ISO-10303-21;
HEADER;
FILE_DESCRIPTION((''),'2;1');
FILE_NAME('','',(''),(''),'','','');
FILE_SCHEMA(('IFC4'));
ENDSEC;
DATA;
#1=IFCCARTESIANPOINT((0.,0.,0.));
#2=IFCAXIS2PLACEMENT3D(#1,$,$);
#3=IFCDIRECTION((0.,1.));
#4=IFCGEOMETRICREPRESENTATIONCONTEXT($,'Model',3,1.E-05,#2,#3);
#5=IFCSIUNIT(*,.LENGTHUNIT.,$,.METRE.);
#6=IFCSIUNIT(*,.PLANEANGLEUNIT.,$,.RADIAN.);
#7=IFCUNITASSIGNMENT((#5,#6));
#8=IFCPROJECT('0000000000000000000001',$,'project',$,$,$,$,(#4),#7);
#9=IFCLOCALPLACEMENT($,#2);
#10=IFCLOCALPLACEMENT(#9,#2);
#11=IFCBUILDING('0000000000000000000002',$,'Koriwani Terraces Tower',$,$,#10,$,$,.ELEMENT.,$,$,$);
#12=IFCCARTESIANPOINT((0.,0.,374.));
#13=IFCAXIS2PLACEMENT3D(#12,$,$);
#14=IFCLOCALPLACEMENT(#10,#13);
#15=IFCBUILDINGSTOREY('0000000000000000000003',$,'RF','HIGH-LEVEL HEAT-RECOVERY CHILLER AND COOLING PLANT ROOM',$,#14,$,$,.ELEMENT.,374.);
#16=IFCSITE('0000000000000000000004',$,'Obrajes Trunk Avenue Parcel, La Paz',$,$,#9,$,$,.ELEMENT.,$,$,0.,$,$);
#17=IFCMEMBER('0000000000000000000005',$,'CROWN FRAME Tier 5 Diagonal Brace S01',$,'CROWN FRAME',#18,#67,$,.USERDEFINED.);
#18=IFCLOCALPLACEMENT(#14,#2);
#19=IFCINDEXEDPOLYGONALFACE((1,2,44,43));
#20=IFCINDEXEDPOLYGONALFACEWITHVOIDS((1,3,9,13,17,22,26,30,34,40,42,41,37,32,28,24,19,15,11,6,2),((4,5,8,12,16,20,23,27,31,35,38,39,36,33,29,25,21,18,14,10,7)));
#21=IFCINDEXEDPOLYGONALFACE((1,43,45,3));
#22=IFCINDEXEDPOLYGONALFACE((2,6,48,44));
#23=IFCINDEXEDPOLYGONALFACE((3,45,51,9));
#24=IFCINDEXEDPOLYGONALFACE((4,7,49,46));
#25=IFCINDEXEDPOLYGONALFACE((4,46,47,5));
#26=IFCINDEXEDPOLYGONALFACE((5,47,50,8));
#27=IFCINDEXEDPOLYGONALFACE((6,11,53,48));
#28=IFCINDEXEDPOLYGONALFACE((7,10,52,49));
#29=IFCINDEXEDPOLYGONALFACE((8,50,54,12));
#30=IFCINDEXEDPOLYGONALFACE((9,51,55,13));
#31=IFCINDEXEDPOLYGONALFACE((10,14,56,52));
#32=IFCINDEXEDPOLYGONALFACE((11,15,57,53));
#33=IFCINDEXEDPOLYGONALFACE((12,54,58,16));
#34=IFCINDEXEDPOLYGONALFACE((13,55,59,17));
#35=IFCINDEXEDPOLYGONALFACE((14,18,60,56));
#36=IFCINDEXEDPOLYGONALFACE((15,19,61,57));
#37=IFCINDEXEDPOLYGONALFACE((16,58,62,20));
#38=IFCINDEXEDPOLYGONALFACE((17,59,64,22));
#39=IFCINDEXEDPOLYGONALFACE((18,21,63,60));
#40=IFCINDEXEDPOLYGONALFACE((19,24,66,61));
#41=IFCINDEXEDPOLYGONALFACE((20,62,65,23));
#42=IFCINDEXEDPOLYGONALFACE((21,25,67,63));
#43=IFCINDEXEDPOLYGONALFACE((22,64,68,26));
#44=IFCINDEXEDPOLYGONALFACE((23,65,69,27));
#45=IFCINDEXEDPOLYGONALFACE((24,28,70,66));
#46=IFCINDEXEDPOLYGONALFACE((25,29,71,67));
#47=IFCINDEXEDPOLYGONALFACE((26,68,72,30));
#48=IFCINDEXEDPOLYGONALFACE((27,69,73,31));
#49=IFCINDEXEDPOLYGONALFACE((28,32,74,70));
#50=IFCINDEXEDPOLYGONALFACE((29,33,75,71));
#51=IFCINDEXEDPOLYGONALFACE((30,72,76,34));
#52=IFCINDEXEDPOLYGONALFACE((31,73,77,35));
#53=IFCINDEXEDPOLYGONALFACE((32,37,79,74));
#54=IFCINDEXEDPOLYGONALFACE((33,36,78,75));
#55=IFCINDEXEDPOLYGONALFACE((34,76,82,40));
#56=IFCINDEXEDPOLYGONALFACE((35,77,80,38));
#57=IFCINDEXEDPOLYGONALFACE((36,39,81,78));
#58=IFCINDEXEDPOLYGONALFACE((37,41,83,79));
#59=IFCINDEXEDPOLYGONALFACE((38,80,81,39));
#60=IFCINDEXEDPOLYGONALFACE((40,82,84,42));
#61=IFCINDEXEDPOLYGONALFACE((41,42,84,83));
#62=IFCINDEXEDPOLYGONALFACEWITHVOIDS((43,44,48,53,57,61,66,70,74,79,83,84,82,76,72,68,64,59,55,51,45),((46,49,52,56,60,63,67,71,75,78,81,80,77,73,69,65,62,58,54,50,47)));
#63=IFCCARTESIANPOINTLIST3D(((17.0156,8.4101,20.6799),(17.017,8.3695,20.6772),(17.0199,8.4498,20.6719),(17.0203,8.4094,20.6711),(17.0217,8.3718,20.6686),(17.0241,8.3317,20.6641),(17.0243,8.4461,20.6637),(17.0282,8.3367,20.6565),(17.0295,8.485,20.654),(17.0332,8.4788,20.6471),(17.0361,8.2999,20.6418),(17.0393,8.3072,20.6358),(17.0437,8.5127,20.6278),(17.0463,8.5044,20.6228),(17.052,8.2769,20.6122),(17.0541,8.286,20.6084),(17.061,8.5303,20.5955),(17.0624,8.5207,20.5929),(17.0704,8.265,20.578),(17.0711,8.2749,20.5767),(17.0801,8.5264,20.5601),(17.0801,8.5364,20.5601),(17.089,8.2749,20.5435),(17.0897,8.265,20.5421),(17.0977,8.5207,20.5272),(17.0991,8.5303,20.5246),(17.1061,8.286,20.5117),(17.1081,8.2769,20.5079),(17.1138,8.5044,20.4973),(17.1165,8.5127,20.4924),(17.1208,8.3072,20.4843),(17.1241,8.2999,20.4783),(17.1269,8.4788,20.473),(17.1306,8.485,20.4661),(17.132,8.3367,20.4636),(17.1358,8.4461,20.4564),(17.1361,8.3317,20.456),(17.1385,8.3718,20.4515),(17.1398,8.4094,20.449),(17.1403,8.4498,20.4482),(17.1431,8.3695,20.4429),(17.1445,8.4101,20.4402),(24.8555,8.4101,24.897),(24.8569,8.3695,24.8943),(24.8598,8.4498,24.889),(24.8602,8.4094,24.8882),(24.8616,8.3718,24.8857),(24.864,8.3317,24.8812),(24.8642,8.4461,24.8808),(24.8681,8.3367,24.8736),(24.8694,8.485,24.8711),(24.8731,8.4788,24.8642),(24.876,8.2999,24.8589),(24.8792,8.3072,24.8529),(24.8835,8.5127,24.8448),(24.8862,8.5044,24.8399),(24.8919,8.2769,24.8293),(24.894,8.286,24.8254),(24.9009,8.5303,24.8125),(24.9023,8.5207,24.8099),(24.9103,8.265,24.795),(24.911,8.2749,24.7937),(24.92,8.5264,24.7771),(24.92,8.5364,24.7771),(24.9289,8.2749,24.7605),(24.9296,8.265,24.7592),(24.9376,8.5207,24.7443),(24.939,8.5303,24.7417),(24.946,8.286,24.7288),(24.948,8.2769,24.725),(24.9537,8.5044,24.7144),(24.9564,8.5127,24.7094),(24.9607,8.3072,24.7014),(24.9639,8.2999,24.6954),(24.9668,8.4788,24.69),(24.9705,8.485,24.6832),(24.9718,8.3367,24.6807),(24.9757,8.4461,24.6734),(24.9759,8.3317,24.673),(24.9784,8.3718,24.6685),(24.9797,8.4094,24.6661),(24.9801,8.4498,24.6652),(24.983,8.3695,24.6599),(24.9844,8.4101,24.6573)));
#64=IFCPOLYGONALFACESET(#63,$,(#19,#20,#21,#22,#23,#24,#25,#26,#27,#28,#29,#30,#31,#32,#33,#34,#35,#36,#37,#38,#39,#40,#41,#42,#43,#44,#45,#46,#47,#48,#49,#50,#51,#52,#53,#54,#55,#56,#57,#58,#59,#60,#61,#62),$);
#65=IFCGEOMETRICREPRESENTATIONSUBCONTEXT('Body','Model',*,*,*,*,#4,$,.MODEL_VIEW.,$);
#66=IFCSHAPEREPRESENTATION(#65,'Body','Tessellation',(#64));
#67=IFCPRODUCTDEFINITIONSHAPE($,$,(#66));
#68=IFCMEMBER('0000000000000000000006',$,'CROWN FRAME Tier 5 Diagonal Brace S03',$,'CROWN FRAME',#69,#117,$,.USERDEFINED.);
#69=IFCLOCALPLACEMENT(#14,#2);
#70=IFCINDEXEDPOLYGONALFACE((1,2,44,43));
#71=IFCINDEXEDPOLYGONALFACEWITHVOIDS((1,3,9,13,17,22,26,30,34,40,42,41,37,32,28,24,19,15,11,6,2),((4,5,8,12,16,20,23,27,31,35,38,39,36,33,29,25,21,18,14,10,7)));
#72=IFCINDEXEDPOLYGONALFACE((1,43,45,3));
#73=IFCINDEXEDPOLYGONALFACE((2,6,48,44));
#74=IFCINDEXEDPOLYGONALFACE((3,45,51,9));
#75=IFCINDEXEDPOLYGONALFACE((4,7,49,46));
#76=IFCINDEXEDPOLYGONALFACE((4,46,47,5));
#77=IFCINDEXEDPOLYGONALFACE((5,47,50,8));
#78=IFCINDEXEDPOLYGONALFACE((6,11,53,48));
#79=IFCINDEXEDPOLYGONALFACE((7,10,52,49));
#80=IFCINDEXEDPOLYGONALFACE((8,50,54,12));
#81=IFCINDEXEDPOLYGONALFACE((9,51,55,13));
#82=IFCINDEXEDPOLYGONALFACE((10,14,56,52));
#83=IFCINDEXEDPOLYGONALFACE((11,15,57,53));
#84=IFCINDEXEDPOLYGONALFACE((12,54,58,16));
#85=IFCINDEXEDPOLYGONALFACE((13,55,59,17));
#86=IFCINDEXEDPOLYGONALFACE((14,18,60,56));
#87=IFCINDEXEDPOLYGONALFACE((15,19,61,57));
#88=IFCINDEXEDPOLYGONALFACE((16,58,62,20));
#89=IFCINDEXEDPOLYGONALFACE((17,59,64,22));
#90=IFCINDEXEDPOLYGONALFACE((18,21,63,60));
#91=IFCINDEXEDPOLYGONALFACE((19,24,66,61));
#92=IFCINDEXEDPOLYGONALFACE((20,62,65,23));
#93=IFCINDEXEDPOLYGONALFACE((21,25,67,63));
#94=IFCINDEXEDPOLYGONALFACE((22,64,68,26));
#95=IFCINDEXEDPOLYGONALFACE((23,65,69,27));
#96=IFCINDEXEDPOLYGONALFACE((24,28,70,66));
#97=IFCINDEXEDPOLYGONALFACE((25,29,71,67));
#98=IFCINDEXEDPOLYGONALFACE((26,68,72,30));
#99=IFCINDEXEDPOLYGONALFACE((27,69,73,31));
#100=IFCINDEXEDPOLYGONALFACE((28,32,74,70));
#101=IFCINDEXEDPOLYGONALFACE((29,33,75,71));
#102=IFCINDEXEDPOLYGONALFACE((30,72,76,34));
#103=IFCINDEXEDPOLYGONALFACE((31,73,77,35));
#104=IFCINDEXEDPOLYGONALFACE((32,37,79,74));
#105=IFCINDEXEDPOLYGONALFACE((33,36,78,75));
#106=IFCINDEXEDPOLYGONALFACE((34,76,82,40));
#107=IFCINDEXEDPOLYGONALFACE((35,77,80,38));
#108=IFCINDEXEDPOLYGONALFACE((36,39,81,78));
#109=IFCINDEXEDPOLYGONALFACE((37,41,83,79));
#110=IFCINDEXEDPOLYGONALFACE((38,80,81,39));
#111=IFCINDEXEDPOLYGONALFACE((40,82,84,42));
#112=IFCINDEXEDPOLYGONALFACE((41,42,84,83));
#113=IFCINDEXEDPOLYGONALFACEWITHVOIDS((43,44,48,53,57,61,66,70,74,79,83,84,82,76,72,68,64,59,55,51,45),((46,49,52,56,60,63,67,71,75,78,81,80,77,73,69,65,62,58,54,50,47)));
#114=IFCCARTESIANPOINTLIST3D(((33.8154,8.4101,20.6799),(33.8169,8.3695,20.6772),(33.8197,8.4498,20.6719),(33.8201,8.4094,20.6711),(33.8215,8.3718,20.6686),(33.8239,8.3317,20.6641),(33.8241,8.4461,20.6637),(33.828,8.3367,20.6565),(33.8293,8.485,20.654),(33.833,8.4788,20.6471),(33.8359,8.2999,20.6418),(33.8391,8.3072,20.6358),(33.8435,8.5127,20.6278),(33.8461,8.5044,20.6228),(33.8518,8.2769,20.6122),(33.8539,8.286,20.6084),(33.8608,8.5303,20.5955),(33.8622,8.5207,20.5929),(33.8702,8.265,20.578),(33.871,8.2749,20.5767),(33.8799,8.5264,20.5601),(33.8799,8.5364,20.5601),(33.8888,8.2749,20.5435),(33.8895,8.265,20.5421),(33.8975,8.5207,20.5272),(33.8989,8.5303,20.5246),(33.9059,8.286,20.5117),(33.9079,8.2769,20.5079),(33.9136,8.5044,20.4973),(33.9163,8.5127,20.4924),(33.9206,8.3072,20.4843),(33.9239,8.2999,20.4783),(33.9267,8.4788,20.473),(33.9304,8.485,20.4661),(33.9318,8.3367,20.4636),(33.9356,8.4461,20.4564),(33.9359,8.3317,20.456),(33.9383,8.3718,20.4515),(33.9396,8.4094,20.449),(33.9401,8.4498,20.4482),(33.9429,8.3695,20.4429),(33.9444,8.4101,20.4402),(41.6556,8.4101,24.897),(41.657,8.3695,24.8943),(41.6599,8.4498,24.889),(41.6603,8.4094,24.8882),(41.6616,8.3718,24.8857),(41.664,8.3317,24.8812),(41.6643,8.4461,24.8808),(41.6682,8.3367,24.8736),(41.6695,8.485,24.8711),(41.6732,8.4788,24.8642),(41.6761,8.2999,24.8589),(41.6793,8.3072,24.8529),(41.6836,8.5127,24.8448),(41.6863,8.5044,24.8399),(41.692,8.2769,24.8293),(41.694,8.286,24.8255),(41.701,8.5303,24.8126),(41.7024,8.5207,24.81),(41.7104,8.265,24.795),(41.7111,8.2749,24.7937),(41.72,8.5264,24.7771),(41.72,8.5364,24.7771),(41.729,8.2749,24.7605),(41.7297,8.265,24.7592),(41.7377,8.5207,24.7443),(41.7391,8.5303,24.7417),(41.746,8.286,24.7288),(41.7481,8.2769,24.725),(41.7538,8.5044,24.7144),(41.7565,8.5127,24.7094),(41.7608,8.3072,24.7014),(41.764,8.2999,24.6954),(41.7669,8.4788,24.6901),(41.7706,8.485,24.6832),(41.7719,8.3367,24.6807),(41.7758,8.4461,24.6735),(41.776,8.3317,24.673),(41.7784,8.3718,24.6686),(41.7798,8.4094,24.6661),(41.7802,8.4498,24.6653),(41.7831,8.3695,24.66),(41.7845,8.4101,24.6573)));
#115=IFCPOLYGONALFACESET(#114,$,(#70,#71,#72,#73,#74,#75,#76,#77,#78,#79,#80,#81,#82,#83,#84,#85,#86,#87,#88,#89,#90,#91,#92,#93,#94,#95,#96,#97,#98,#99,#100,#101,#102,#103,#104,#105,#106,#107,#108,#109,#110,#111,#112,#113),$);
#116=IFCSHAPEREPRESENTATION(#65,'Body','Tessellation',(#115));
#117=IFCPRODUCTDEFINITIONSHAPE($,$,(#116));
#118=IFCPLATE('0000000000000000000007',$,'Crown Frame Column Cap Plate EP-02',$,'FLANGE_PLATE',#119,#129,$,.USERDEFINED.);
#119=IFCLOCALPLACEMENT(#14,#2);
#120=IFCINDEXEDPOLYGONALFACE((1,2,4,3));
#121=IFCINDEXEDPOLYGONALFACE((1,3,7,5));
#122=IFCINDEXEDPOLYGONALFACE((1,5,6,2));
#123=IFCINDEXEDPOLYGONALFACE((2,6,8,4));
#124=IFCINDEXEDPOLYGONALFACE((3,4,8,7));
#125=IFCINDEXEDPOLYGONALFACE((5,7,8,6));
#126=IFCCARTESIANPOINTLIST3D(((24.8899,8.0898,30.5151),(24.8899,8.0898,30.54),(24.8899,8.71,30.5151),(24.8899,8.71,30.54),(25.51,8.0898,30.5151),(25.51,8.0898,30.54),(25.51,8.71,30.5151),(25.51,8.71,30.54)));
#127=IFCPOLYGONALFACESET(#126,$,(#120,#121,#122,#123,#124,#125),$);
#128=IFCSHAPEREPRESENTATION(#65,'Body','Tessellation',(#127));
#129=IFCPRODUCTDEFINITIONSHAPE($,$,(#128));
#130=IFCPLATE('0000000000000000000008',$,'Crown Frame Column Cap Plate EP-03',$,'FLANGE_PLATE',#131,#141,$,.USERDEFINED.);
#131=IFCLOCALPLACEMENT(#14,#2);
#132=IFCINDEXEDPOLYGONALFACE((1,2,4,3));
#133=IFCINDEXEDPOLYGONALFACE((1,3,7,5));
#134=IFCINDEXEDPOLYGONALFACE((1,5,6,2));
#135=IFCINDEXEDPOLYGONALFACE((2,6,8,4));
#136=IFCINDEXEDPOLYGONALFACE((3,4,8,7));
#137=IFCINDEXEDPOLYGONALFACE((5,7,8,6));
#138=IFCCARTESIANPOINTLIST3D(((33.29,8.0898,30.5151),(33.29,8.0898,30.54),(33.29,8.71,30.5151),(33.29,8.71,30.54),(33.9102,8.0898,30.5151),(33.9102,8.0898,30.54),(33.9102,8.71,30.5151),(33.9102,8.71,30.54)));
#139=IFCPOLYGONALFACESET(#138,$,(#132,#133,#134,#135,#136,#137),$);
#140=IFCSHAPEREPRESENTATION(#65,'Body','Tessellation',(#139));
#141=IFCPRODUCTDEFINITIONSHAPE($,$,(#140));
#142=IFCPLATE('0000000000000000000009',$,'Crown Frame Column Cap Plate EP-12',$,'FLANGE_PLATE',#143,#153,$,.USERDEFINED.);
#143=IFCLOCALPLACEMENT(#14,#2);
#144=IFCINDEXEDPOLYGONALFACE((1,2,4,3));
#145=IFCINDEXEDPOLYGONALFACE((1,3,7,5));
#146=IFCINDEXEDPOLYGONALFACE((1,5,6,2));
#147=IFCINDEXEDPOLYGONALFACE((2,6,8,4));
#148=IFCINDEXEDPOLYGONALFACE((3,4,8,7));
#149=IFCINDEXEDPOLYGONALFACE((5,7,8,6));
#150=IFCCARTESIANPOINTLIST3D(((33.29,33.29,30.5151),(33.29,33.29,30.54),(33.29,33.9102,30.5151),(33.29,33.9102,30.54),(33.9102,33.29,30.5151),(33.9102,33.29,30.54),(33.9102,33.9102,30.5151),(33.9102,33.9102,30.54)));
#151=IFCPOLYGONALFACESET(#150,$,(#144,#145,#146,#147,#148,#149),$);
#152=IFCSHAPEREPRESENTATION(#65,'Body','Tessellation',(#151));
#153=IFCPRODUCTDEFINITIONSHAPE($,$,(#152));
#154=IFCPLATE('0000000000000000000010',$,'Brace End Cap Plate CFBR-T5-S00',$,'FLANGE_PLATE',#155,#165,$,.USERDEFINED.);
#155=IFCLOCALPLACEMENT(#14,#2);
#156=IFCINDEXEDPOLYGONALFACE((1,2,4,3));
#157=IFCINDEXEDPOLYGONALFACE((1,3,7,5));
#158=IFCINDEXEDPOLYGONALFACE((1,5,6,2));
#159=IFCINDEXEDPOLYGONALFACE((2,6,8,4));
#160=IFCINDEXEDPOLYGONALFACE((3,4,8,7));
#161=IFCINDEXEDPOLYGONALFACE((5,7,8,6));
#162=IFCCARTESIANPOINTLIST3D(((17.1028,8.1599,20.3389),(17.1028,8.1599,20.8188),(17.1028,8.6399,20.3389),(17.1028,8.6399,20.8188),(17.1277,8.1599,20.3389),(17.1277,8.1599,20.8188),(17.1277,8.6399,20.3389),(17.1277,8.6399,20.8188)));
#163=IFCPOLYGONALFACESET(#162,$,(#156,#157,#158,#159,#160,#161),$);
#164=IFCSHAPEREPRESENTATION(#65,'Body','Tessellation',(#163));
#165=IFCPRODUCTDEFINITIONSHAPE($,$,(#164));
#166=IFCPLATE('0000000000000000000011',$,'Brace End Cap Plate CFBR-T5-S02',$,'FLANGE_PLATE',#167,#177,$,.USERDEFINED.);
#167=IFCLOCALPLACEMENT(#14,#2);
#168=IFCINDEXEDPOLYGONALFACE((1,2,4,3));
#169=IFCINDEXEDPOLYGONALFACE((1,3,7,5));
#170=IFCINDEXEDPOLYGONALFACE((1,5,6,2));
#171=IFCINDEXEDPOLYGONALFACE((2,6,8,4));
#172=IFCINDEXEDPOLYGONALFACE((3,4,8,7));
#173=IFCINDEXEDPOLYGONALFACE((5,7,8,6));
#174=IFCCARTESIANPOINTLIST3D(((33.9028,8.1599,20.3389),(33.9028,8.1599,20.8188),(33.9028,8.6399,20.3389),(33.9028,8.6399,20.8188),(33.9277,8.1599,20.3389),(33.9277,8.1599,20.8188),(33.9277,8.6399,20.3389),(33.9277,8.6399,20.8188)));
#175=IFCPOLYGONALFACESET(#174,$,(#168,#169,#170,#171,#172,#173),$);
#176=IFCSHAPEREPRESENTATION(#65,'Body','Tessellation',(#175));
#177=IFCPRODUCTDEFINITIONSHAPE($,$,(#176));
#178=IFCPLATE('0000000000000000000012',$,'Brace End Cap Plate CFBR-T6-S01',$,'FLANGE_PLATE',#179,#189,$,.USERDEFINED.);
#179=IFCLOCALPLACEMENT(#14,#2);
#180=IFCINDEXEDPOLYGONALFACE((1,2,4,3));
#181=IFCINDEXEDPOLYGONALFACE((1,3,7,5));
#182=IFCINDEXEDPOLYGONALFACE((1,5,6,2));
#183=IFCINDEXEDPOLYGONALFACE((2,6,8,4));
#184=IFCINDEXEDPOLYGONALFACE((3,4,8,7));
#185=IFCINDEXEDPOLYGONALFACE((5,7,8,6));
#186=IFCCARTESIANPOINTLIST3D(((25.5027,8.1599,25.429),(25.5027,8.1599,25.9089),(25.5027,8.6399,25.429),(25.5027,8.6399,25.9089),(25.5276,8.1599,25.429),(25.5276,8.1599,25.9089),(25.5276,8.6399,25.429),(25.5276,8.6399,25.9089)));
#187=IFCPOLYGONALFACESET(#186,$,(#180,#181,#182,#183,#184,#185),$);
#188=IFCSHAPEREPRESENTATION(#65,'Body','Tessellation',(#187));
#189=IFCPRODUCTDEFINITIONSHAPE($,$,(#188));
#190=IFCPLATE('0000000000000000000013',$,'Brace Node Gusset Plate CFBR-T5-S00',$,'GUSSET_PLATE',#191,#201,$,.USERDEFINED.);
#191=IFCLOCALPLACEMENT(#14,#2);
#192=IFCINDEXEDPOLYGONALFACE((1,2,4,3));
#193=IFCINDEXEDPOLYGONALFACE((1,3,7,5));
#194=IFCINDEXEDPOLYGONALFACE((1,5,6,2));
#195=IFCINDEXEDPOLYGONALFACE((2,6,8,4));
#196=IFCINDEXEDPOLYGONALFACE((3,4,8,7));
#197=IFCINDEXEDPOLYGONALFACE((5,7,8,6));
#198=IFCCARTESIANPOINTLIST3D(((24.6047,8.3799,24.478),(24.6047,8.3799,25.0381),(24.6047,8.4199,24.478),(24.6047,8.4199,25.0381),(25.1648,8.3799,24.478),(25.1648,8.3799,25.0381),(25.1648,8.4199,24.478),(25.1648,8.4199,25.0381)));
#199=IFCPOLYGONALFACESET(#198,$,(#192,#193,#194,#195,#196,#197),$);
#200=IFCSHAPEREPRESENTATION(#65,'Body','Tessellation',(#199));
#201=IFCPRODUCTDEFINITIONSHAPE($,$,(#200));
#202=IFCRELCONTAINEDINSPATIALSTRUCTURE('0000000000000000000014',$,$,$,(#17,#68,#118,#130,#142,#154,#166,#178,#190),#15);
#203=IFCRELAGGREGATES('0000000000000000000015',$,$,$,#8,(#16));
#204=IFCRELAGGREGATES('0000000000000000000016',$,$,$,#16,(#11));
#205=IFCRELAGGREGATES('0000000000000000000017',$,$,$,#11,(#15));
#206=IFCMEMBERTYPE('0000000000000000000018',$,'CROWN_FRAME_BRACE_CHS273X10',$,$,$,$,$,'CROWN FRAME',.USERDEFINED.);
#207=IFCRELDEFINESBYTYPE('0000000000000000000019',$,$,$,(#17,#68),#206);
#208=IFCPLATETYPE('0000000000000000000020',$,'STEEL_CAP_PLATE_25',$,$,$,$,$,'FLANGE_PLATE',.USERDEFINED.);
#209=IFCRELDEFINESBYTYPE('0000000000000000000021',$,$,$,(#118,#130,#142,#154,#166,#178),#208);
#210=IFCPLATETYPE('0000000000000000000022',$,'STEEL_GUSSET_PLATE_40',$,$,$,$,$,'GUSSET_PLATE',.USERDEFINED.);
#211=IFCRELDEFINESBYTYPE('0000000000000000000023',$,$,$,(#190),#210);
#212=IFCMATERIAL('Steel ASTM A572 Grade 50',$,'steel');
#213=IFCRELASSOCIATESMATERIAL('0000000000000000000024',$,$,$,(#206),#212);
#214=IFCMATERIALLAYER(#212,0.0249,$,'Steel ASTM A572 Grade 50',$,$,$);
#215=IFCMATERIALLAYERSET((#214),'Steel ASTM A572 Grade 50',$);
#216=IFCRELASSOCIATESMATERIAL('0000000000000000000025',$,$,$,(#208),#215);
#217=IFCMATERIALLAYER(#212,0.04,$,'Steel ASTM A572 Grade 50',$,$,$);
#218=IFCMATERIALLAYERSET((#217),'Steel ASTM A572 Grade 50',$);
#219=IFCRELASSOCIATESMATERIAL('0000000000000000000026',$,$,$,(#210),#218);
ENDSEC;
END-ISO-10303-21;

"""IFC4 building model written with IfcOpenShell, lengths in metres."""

from ifc_helpers import new_model, si_unit, direction, frame, origin, origin_2d, place, context, subcontext, project, spatial, rectangle, hollow_circle, extrude, material, layer, layer_set, material_profile, profile_set, type_object, element, save


model = new_model("IFC4")

# Units and contexts
model_context = context("Model", 3, precision=1e-05, world=origin(), true_north=direction((0.0, 1.0)))
body_context = subcontext(model_context, "Body", "Model", "MODEL_VIEW")
ifc_project = project(units=[si_unit("LENGTHUNIT", "METRE"), si_unit("PLANEANGLEUNIT", "RADIAN")], contexts=[model_context])

# Site, building, storey
site_placement = place(None, origin())
site = spatial("IfcSite", under=ifc_project, at=site_placement, Name="Obrajes Trunk Avenue Parcel, La Paz", CompositionType="ELEMENT", RefElevation=0.0)
building_placement = place(site_placement, origin())
building = spatial("IfcBuilding", under=site, at=building_placement, Name="Koriwani Terraces Tower", CompositionType="ELEMENT")
storey_placement = place(building_placement, frame((0.0, 0.0, 374.0)))
storey = spatial("IfcBuildingStorey", under=building, at=storey_placement, Name="RF", Description="HIGH-LEVEL HEAT-RECOVERY CHILLER AND COOLING PLANT ROOM", CompositionType="ELEMENT", Elevation=374.0)

# Shared definitions
ifc_material = material(Name="Steel ASTM A572 Grade 50", Category="steel")

# Members
ifc_material_profile_1 = material_profile(ifc_material, hollow_circle(Radius=0.1365, WallThickness=0.01, at=origin_2d()), Name="Steel ASTM A572 Grade 50", Category="LoadBearing")
ifc_profile_set_1 = profile_set([ifc_material_profile_1], Name="Steel ASTM A572 Grade 50")
member_type_1 = type_object("IfcMemberType", Name="CROWN_FRAME_BRACE_CHS273X10", ElementType="CROWN FRAME", PredefinedType="USERDEFINED", material=ifc_profile_set_1)
member_1_placement = place(storey_placement, frame((17.0801, 8.3999, 20.5601), z_axis=(0.880678, 0.0, 0.473715), x_axis=(0.0, 1.0, 0.0)))
element("IfcMember", 1, at=member_1_placement, inside=storey, type_object=member_type_1, Name="CROWN FRAME Tier 5 Diagonal Brace S01", ObjectType="CROWN FRAME", PredefinedType="USERDEFINED", context=body_context, shape_type="SweptSolid", body=[
    extrude(hollow_circle(Radius=0.1365, WallThickness=0.01, at=origin_2d()), origin(), (0.0, 0.0, 1.0), 8.9021),
])
member_2_placement = place(storey_placement, frame((33.8799, 8.3999, 20.5601), z_axis=(0.880684, 0.0, 0.473704), x_axis=(0.0, 1.0, 0.0)))
element("IfcMember", 2, at=member_2_placement, inside=storey, type_object=member_type_1, Name="CROWN FRAME Tier 5 Diagonal Brace S03", ObjectType="CROWN FRAME", PredefinedType="USERDEFINED", context=body_context, shape_type="SweptSolid", body=[
    extrude(hollow_circle(Radius=0.1365, WallThickness=0.01, at=origin_2d()), origin(), (0.0, 0.0, 1.0), 8.9023),
])

# Plates
ifc_layer_1 = layer(ifc_material, 0.0249, Name="Steel ASTM A572 Grade 50")
ifc_layer_set_1 = layer_set([ifc_layer_1], Name="Steel ASTM A572 Grade 50")
plate_type_1 = type_object("IfcPlateType", Name="STEEL_CAP_PLATE_25", ElementType="FLANGE_PLATE", PredefinedType="USERDEFINED", material=ifc_layer_set_1)
for number, where, z_axis, x_axis, name in (
    (3, (25.2, 8.3999, 30.5151), (0.0, 0.0, 1.0), (1.0, 0.0, 0.0), "Crown Frame Column Cap Plate EP-02"),
    (4, (33.6001, 8.3999, 30.5151), (0.0, 0.0, 1.0), (1.0, 0.0, 0.0), "Crown Frame Column Cap Plate EP-03"),
    (5, (33.6001, 33.6001, 30.5151), (0.0, 0.0, 1.0), (1.0, 0.0, 0.0), "Crown Frame Column Cap Plate EP-12"),
):
    element("IfcPlate", number, at=place(storey_placement, frame(where, z_axis=z_axis, x_axis=x_axis)), inside=storey, type_object=plate_type_1, Name=name, ObjectType="FLANGE_PLATE", PredefinedType="USERDEFINED", context=body_context, shape_type="SweptSolid", body=[
        extrude(rectangle(XDim=0.6201, YDim=0.6201, at=origin_2d()), origin(), (0.0, 0.0, 1.0), 0.0249),
    ])
for number, where, z_axis, x_axis, name in (
    (6, (17.1152, 8.3999, 20.3389), (0.0, 0.0, 1.0), (1.0, 0.0, 0.0), "Brace End Cap Plate CFBR-T5-S00"),
    (7, (33.9153, 8.3999, 20.3389), (0.0, 0.0, 1.0), (1.0, 0.0, 0.0), "Brace End Cap Plate CFBR-T5-S02"),
    (8, (25.5151, 8.3999, 25.429), (0.0, 0.0, 1.0), (1.0, 0.0, 0.0), "Brace End Cap Plate CFBR-T6-S01"),
):
    element("IfcPlate", number, at=place(storey_placement, frame(where, z_axis=z_axis, x_axis=x_axis)), inside=storey, type_object=plate_type_1, Name=name, ObjectType="FLANGE_PLATE", PredefinedType="USERDEFINED", context=body_context, shape_type="SweptSolid", body=[
        extrude(rectangle(XDim=0.0249, YDim=0.48, at=origin_2d()), origin(), (0.0, 0.0, 1.0), 0.48),
    ])
ifc_layer_2 = layer(ifc_material, 0.04, Name="Steel ASTM A572 Grade 50")
ifc_layer_set_2 = layer_set([ifc_layer_2], Name="Steel ASTM A572 Grade 50")
plate_type_2 = type_object("IfcPlateType", Name="STEEL_GUSSET_PLATE_40", ElementType="GUSSET_PLATE", PredefinedType="USERDEFINED", material=ifc_layer_set_2)
for number, where, z_axis, x_axis, name in (
    (9, (24.8848, 8.3999, 24.478), (0.0, 0.0, 1.0), (1.0, 0.0, 0.0), "Brace Node Gusset Plate CFBR-T5-S00"),
):
    element("IfcPlate", number, at=place(storey_placement, frame(where, z_axis=z_axis, x_axis=x_axis)), inside=storey, type_object=plate_type_2, Name=name, ObjectType="GUSSET_PLATE", PredefinedType="USERDEFINED", context=body_context, shape_type="SweptSolid", body=[
        extrude(rectangle(XDim=0.5601, YDim=0.04, at=origin_2d()), origin(), (0.0, 0.0, 1.0), 0.5601),
    ])

save(model, "model.ifc")
